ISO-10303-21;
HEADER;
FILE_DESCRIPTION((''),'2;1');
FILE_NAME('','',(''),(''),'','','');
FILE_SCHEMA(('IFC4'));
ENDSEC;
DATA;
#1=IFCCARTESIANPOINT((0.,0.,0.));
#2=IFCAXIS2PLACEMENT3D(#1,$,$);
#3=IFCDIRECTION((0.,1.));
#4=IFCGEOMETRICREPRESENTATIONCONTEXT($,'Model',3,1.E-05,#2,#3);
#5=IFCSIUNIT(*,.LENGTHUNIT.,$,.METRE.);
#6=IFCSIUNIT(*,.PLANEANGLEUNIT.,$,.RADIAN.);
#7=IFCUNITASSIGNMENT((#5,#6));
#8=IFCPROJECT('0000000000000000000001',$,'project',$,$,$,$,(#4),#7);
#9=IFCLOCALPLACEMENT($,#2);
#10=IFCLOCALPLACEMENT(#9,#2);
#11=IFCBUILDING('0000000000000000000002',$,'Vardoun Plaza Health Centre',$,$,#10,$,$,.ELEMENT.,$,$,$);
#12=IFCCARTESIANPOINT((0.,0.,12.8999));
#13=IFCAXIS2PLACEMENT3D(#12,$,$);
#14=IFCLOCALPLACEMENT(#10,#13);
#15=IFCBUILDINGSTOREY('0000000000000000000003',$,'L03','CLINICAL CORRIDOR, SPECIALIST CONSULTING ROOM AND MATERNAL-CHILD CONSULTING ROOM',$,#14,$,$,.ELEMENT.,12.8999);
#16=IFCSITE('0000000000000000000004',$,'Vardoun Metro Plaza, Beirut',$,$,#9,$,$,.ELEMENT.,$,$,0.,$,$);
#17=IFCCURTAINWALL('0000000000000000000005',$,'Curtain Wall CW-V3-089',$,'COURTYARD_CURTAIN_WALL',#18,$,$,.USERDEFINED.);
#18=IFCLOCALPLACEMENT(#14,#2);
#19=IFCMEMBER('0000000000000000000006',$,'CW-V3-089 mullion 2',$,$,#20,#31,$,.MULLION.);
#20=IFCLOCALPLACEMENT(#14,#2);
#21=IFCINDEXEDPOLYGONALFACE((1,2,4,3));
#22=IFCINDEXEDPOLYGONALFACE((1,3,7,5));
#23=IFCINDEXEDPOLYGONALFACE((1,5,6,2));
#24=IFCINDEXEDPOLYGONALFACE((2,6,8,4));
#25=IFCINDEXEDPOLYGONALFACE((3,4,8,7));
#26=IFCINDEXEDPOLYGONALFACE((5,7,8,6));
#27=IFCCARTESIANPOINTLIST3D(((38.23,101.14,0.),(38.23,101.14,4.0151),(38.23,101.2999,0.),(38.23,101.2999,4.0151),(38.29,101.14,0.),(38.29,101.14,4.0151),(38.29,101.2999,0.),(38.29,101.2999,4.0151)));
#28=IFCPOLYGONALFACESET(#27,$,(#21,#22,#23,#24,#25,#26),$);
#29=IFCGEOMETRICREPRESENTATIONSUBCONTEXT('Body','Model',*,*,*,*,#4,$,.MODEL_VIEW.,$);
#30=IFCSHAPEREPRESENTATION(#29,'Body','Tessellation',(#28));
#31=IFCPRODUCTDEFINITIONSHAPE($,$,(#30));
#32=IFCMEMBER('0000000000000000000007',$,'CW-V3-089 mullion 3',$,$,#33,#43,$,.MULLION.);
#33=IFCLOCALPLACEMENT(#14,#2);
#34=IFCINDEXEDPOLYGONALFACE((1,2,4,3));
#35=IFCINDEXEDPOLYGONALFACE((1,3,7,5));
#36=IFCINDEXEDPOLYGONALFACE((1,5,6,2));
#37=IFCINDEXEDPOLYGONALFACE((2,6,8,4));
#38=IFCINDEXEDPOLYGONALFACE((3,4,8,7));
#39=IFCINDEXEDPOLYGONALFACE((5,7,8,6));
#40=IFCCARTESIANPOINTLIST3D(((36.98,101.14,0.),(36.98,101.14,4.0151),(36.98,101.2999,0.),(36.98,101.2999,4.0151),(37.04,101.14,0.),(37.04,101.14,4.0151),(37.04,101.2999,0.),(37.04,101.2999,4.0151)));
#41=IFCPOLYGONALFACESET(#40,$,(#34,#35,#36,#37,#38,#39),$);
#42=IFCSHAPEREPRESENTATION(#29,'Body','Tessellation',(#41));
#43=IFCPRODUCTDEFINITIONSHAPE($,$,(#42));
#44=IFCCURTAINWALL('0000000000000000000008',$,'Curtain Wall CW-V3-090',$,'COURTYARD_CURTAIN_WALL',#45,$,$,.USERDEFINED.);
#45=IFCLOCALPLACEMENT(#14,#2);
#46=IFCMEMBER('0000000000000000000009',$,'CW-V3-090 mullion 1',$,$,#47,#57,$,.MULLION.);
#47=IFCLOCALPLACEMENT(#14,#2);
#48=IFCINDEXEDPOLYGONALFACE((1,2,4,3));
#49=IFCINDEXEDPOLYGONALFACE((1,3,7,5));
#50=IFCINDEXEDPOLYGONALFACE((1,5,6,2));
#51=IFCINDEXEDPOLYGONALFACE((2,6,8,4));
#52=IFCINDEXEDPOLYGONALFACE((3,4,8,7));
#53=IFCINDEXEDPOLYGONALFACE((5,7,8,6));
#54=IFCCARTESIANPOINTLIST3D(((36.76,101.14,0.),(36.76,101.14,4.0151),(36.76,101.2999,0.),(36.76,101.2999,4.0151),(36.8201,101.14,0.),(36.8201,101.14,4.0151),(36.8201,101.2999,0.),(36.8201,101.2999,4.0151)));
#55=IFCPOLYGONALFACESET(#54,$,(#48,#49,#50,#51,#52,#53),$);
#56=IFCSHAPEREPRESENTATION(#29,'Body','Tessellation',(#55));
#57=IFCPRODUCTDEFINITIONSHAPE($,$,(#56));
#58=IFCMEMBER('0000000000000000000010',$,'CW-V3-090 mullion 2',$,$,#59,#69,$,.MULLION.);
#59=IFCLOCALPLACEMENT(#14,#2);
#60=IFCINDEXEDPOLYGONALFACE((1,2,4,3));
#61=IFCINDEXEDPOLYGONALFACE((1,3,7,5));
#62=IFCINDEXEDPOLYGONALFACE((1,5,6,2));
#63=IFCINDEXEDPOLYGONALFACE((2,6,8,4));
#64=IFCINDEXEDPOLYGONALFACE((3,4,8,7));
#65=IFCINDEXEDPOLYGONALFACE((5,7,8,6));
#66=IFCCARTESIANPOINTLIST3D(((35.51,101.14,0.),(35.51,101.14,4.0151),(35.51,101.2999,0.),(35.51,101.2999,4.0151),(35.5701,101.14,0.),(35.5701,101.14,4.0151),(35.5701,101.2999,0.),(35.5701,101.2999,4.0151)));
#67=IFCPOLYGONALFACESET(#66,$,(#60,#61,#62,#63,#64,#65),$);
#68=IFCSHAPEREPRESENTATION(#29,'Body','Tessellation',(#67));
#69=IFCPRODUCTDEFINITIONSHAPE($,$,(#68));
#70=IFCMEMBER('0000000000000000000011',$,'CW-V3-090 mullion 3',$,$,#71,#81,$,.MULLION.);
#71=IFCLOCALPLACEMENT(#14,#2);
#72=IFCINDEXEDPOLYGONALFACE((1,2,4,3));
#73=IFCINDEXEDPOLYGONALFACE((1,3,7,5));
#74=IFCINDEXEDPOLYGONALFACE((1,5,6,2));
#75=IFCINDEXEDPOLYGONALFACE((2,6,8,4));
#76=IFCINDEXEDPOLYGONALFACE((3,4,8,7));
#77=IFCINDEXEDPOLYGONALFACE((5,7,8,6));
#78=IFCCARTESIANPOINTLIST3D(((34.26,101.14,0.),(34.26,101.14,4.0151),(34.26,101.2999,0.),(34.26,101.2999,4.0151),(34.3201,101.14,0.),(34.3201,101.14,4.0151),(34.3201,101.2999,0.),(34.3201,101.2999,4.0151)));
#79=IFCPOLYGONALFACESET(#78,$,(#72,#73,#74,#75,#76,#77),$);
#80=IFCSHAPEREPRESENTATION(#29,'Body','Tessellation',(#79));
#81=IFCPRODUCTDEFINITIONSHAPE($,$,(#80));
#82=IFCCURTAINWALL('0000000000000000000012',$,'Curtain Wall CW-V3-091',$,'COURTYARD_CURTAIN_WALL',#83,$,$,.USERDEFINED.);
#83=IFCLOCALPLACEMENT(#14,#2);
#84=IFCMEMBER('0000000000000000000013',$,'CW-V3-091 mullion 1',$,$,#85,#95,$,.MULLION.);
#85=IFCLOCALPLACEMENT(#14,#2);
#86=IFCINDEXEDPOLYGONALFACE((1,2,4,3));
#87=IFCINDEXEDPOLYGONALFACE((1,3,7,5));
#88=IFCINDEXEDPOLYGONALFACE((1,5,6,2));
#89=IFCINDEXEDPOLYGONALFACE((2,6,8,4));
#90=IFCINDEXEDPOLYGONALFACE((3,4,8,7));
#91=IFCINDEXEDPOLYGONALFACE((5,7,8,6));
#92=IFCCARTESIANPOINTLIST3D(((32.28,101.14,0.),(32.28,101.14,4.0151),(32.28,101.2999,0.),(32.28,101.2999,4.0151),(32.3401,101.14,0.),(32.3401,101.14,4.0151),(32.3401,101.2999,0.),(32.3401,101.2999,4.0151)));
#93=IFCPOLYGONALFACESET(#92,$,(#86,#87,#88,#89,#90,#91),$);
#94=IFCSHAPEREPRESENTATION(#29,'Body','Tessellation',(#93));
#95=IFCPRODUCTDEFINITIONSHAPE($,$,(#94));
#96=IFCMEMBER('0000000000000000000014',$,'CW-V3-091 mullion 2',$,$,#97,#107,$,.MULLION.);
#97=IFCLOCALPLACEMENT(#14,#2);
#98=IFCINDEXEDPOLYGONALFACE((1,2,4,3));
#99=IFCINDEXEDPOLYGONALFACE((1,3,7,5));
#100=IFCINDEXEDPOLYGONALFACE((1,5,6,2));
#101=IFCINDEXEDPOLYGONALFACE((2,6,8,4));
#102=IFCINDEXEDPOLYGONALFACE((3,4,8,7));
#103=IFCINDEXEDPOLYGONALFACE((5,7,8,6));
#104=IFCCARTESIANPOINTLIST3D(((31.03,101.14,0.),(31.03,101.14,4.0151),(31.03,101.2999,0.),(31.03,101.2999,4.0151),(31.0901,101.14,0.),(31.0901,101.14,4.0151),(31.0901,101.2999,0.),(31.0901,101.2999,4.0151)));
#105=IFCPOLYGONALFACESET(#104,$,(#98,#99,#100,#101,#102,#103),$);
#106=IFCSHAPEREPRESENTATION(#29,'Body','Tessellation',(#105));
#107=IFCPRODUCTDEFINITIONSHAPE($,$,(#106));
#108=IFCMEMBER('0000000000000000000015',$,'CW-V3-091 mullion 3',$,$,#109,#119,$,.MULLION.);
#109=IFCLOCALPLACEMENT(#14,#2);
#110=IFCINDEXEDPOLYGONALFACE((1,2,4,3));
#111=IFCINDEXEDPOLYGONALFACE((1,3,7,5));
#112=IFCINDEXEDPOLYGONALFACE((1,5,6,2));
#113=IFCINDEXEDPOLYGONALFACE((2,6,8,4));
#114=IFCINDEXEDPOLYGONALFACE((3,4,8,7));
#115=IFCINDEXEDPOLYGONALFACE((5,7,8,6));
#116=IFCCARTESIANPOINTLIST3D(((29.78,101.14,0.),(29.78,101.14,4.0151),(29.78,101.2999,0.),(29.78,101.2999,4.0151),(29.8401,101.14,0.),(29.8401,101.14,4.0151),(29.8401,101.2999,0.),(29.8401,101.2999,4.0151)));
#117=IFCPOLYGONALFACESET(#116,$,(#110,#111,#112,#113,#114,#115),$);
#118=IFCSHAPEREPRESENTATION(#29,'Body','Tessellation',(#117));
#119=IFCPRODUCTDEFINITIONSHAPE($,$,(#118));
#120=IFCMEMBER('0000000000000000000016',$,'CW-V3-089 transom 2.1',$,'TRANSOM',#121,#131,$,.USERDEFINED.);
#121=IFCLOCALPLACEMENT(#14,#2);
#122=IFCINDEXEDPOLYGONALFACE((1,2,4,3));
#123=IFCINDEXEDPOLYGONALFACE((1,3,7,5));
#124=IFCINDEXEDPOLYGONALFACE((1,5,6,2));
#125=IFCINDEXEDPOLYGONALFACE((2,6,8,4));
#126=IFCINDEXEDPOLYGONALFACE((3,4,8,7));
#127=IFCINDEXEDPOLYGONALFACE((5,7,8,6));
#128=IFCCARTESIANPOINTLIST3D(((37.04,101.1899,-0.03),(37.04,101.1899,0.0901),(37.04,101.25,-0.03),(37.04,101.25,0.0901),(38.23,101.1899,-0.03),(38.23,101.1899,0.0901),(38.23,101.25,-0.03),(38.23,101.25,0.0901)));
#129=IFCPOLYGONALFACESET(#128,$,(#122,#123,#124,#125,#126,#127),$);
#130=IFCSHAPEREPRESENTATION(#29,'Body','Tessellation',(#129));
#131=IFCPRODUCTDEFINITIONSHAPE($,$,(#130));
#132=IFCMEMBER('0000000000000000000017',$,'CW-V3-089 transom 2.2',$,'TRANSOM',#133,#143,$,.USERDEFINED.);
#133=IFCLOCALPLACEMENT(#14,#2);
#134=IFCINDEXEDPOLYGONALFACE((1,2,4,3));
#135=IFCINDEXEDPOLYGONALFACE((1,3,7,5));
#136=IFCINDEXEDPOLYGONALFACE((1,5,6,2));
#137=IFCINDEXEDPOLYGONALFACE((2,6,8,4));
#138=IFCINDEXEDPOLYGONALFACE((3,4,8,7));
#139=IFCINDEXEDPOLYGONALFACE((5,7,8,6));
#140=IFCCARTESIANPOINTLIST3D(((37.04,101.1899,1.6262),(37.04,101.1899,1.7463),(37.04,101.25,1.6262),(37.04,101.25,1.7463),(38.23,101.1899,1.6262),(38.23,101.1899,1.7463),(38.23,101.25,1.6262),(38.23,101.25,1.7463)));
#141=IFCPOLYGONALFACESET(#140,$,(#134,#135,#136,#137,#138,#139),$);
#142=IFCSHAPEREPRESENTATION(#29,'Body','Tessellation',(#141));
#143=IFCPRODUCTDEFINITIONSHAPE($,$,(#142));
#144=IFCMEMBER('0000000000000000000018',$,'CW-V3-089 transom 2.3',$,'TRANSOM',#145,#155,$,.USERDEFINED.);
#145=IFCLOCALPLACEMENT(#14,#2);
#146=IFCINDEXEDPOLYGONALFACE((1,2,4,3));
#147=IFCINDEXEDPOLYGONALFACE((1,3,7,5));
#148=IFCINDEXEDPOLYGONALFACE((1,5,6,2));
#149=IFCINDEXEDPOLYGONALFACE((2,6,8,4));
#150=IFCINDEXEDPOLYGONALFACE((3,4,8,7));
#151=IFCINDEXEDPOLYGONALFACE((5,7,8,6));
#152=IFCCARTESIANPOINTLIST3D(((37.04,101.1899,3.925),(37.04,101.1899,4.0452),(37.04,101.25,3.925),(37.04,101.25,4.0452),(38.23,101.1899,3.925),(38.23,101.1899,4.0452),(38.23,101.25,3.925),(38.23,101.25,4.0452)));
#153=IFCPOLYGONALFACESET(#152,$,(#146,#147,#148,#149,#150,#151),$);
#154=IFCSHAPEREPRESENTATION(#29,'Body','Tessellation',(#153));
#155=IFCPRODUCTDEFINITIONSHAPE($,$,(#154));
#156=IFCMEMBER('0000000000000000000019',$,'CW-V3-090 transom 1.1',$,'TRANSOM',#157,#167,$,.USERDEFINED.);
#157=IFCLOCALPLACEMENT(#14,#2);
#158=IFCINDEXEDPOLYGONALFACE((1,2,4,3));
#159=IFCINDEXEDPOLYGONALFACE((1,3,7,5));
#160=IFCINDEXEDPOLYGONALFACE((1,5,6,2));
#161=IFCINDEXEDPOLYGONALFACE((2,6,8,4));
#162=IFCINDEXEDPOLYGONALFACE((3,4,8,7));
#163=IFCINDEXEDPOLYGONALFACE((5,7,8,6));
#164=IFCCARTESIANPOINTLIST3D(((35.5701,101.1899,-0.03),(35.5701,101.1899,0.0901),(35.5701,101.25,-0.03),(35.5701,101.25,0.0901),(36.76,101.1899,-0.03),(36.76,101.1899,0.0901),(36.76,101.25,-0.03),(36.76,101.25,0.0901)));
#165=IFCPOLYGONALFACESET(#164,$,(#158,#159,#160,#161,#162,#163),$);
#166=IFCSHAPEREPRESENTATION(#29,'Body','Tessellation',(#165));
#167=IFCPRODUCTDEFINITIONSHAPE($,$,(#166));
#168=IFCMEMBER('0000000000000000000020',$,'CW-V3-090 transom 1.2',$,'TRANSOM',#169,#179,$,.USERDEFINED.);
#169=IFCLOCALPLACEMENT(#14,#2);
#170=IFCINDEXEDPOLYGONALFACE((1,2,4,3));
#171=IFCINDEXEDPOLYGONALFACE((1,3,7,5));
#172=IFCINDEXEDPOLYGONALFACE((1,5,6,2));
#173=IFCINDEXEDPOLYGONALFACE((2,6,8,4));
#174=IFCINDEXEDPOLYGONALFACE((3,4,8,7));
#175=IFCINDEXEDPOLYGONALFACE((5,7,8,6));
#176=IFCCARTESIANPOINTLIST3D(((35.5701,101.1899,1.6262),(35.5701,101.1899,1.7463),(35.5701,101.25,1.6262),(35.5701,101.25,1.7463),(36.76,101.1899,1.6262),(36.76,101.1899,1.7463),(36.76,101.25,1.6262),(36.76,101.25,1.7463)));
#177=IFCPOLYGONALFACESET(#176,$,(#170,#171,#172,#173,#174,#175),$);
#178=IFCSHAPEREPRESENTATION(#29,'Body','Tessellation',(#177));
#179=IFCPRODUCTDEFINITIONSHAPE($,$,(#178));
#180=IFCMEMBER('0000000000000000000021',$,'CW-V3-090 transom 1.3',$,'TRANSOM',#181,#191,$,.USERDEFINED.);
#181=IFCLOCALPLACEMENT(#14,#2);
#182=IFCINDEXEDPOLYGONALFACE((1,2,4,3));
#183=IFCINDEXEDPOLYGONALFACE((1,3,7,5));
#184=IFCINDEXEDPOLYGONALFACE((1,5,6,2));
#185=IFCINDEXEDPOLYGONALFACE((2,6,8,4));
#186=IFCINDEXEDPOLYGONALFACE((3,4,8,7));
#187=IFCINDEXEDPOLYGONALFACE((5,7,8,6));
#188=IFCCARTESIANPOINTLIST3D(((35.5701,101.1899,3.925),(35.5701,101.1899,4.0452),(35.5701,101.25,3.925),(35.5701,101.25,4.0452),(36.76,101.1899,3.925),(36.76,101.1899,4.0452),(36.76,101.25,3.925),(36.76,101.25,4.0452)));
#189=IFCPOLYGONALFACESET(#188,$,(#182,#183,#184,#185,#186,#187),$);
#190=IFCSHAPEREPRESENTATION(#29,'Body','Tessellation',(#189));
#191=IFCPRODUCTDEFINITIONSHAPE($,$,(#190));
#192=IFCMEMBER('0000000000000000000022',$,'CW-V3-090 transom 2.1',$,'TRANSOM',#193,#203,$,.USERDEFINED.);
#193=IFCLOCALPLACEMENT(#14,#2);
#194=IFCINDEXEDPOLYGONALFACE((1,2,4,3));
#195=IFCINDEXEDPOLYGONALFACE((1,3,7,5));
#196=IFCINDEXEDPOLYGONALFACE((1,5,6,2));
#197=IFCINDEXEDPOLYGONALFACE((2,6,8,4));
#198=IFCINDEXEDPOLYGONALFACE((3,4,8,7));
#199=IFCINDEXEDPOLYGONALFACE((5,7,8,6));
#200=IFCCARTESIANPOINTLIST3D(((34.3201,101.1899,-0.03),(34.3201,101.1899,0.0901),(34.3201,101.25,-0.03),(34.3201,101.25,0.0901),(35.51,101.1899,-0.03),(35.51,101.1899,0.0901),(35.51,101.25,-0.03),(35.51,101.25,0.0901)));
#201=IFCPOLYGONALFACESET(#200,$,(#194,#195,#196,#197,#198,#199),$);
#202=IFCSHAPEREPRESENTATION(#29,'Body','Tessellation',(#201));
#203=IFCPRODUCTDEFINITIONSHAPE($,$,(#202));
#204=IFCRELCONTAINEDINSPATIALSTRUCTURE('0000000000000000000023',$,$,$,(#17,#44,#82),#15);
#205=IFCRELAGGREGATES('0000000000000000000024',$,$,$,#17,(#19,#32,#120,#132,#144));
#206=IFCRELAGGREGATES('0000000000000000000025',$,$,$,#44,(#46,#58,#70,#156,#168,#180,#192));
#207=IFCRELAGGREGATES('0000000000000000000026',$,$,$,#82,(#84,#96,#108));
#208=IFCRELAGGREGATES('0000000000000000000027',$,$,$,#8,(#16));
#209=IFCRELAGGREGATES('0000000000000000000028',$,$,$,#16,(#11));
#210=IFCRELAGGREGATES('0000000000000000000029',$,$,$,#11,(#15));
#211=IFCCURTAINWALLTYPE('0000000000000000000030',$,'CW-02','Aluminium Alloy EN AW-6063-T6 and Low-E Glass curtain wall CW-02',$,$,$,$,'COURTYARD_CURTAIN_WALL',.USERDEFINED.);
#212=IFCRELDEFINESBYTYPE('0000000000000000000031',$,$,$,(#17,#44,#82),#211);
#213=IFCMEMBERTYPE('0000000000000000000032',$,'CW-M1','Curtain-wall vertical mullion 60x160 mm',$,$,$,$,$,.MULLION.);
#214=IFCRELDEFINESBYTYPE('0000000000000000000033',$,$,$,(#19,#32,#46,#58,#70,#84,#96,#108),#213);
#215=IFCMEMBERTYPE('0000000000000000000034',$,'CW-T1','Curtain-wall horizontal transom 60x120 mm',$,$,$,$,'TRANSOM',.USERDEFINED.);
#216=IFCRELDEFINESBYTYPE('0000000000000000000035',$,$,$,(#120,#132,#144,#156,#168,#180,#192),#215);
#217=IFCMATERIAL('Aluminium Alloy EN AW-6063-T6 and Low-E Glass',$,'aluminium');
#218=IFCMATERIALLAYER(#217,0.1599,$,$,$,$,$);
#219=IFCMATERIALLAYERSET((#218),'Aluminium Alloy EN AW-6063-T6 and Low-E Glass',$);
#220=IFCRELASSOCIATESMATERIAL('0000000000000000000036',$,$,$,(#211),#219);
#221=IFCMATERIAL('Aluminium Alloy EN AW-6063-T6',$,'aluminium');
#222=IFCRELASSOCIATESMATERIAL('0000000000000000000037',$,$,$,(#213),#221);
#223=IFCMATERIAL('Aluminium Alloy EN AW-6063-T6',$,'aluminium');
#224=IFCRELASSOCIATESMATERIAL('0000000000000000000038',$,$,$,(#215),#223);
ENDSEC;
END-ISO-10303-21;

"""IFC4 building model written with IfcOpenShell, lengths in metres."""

from ifc_helpers import new_model, si_unit, direction, frame, origin, origin_2d, place, context, subcontext, project, spatial, rectangle, extrude, material, layer, layer_set, material_profile, profile_set, type_object, element, aggregate, save


model = new_model("IFC4")

# Units and contexts
model_context = context("Model", 3, precision=1e-05, world=origin(), true_north=direction((0.0, 1.0)))
body_context = subcontext(model_context, "Body", "Model", "MODEL_VIEW")
ifc_project = project(units=[si_unit("LENGTHUNIT", "METRE"), si_unit("PLANEANGLEUNIT", "RADIAN")], contexts=[model_context])

# Site, building, storey
site_placement = place(None, origin())
site = spatial("IfcSite", under=ifc_project, at=site_placement, Name="Vardoun Metro Plaza, Beirut", CompositionType="ELEMENT", RefElevation=0.0)
building_placement = place(site_placement, origin())
building = spatial("IfcBuilding", under=site, at=building_placement, Name="Vardoun Plaza Health Centre", CompositionType="ELEMENT")
storey_placement = place(building_placement, frame((0.0, 0.0, 12.8999)))
storey = spatial("IfcBuildingStorey", under=building, at=storey_placement, Name="L03", Description="CLINICAL CORRIDOR, SPECIALIST CONSULTING ROOM AND MATERNAL-CHILD CONSULTING ROOM", CompositionType="ELEMENT", Elevation=12.8999)

# Curtain walls, members
ifc_material_1 = material(Name="Aluminium Alloy EN AW-6063-T6 and Low-E Glass", Category="aluminium")
ifc_layer_1 = layer(ifc_material_1, 0.1599)
ifc_layer_set_1 = layer_set([ifc_layer_1], Name="Aluminium Alloy EN AW-6063-T6 and Low-E Glass")
curtain_wall_type = type_object("IfcCurtainWallType", Name="CW-02", Description="Aluminium Alloy EN AW-6063-T6 and Low-E Glass curtain wall CW-02", ElementType="COURTYARD_CURTAIN_WALL", PredefinedType="USERDEFINED", material=ifc_layer_set_1)
curtain_wall_1_placement = place(storey_placement, origin())
curtain_wall_1 = element("IfcCurtainWall", 1, at=curtain_wall_1_placement, inside=storey, type_object=curtain_wall_type, Name="Curtain Wall CW-V3-089", ObjectType="COURTYARD_CURTAIN_WALL", PredefinedType="USERDEFINED")
ifc_material_2 = material(Name="Aluminium Alloy EN AW-6063-T6", Category="aluminium")
ifc_material_profile_1 = material_profile(ifc_material_2, rectangle(XDim=0.1599, YDim=0.0601, at=origin_2d()), Name="CWM 60x160")
ifc_profile_set_1 = profile_set([ifc_material_profile_1], Name="Aluminium Alloy EN AW-6063-T6")
member_type_1 = type_object("IfcMemberType", Name="CW-M1", Description="Curtain-wall vertical mullion 60x160 mm", PredefinedType="MULLION", material=ifc_profile_set_1)
member_1_placement = place(storey_placement, frame((38.26, 101.22, 0.0), z_axis=(0.0, 0.0, 1.0), x_axis=(0.0, -1.0, 0.0)))
member_1 = element("IfcMember", 2, at=member_1_placement, type_object=member_type_1, Name="CW-V3-089 mullion 2", PredefinedType="MULLION", context=body_context, shape_type="SweptSolid", body=[
    extrude(rectangle(XDim=0.1599, YDim=0.0601, at=origin_2d()), origin(), (0.0, 0.0, 1.0), 4.0151),
])
member_2_placement = place(storey_placement, frame((37.01, 101.22, 0.0), z_axis=(0.0, 0.0, 1.0), x_axis=(0.0, -1.0, 0.0)))
member_2 = element("IfcMember", 3, at=member_2_placement, type_object=member_type_1, Name="CW-V3-089 mullion 3", PredefinedType="MULLION", context=body_context, shape_type="SweptSolid", body=[
    extrude(rectangle(XDim=0.1599, YDim=0.0601, at=origin_2d()), origin(), (0.0, 0.0, 1.0), 4.0151),
])
curtain_wall_2_placement = place(storey_placement, origin())
curtain_wall_2 = element("IfcCurtainWall", 4, at=curtain_wall_2_placement, inside=storey, type_object=curtain_wall_type, Name="Curtain Wall CW-V3-090", ObjectType="COURTYARD_CURTAIN_WALL", PredefinedType="USERDEFINED")
member_3_placement = place(storey_placement, frame((36.79, 101.22, 0.0), z_axis=(0.0, 0.0, 1.0), x_axis=(0.0, -1.0, 0.0)))
member_3 = element("IfcMember", 5, at=member_3_placement, type_object=member_type_1, Name="CW-V3-090 mullion 1", PredefinedType="MULLION", context=body_context, shape_type="SweptSolid", body=[
    extrude(rectangle(XDim=0.1599, YDim=0.0601, at=origin_2d()), origin(), (0.0, 0.0, 1.0), 4.0151),
])
member_4_placement = place(storey_placement, frame((35.54, 101.22, 0.0), z_axis=(0.0, 0.0, 1.0), x_axis=(0.0, -1.0, 0.0)))
member_4 = element("IfcMember", 6, at=member_4_placement, type_object=member_type_1, Name="CW-V3-090 mullion 2", PredefinedType="MULLION", context=body_context, shape_type="SweptSolid", body=[
    extrude(rectangle(XDim=0.1599, YDim=0.0601, at=origin_2d()), origin(), (0.0, 0.0, 1.0), 4.0151),
])
member_5_placement = place(storey_placement, frame((34.29, 101.22, 0.0), z_axis=(0.0, 0.0, 1.0), x_axis=(0.0, -1.0, 0.0)))
member_5 = element("IfcMember", 7, at=member_5_placement, type_object=member_type_1, Name="CW-V3-090 mullion 3", PredefinedType="MULLION", context=body_context, shape_type="SweptSolid", body=[
    extrude(rectangle(XDim=0.1599, YDim=0.0601, at=origin_2d()), origin(), (0.0, 0.0, 1.0), 4.0151),
])
curtain_wall_3_placement = place(storey_placement, origin())
curtain_wall_3 = element("IfcCurtainWall", 8, at=curtain_wall_3_placement, inside=storey, type_object=curtain_wall_type, Name="Curtain Wall CW-V3-091", ObjectType="COURTYARD_CURTAIN_WALL", PredefinedType="USERDEFINED")
member_6_placement = place(storey_placement, frame((32.3101, 101.22, 0.0), z_axis=(0.0, 0.0, 1.0), x_axis=(0.0, -1.0, 0.0)))
member_6 = element("IfcMember", 9, at=member_6_placement, type_object=member_type_1, Name="CW-V3-091 mullion 1", PredefinedType="MULLION", context=body_context, shape_type="SweptSolid", body=[
    extrude(rectangle(XDim=0.1599, YDim=0.0601, at=origin_2d()), origin(), (0.0, 0.0, 1.0), 4.0151),
])
member_7_placement = place(storey_placement, frame((31.0601, 101.22, 0.0), z_axis=(0.0, 0.0, 1.0), x_axis=(0.0, -1.0, 0.0)))
member_7 = element("IfcMember", 10, at=member_7_placement, type_object=member_type_1, Name="CW-V3-091 mullion 2", PredefinedType="MULLION", context=body_context, shape_type="SweptSolid", body=[
    extrude(rectangle(XDim=0.1599, YDim=0.0601, at=origin_2d()), origin(), (0.0, 0.0, 1.0), 4.0151),
])
member_8_placement = place(storey_placement, frame((29.8101, 101.22, 0.0), z_axis=(0.0, 0.0, 1.0), x_axis=(0.0, -1.0, 0.0)))
member_8 = element("IfcMember", 11, at=member_8_placement, type_object=member_type_1, Name="CW-V3-091 mullion 3", PredefinedType="MULLION", context=body_context, shape_type="SweptSolid", body=[
    extrude(rectangle(XDim=0.1599, YDim=0.0601, at=origin_2d()), origin(), (0.0, 0.0, 1.0), 4.0151),
])

# Members
ifc_material_3 = material(Name="Aluminium Alloy EN AW-6063-T6", Category="aluminium")
ifc_material_profile_2 = material_profile(ifc_material_3, rectangle(XDim=0.0601, YDim=0.1201, at=origin_2d()), Name="CWT 60x120")
ifc_profile_set_2 = profile_set([ifc_material_profile_2], Name="Aluminium Alloy EN AW-6063-T6")
member_type_2 = type_object("IfcMemberType", Name="CW-T1", Description="Curtain-wall horizontal transom 60x120 mm", ElementType="TRANSOM", PredefinedType="USERDEFINED", material=ifc_profile_set_2)
member_9_placement = place(storey_placement, frame((38.23, 101.22, 0.03), z_axis=(-1.0, 0.0, 0.0), x_axis=(0.0, -1.0, 0.0)))
member_9 = element("IfcMember", 12, at=member_9_placement, type_object=member_type_2, Name="CW-V3-089 transom 2.1", ObjectType="TRANSOM", PredefinedType="USERDEFINED", context=body_context, shape_type="SweptSolid", body=[
    extrude(rectangle(XDim=0.0601, YDim=0.1201, at=origin_2d()), origin(), (0.0, 0.0, 1.0), 1.1899),
])
member_10_placement = place(storey_placement, frame((38.23, 101.22, 1.6863), z_axis=(-1.0, 0.0, 0.0), x_axis=(0.0, -1.0, 0.0)))
member_10 = element("IfcMember", 13, at=member_10_placement, type_object=member_type_2, Name="CW-V3-089 transom 2.2", ObjectType="TRANSOM", PredefinedType="USERDEFINED", context=body_context, shape_type="SweptSolid", body=[
    extrude(rectangle(XDim=0.0601, YDim=0.1201, at=origin_2d()), origin(), (0.0, 0.0, 1.0), 1.1899),
])
member_11_placement = place(storey_placement, frame((38.23, 101.22, 3.9851), z_axis=(-1.0, 0.0, 0.0), x_axis=(0.0, -1.0, 0.0)))
member_11 = element("IfcMember", 14, at=member_11_placement, type_object=member_type_2, Name="CW-V3-089 transom 2.3", ObjectType="TRANSOM", PredefinedType="USERDEFINED", context=body_context, shape_type="SweptSolid", body=[
    extrude(rectangle(XDim=0.0601, YDim=0.1201, at=origin_2d()), origin(), (0.0, 0.0, 1.0), 1.1899),
])
member_12_placement = place(storey_placement, frame((36.76, 101.22, 0.03), z_axis=(-1.0, 0.0, 0.0), x_axis=(0.0, -1.0, 0.0)))
member_12 = element("IfcMember", 15, at=member_12_placement, type_object=member_type_2, Name="CW-V3-090 transom 1.1", ObjectType="TRANSOM", PredefinedType="USERDEFINED", context=body_context, shape_type="SweptSolid", body=[
    extrude(rectangle(XDim=0.0601, YDim=0.1201, at=origin_2d()), origin(), (0.0, 0.0, 1.0), 1.1899),
])
member_13_placement = place(storey_placement, frame((36.76, 101.22, 1.6863), z_axis=(-1.0, 0.0, 0.0), x_axis=(0.0, -1.0, 0.0)))
member_13 = element("IfcMember", 16, at=member_13_placement, type_object=member_type_2, Name="CW-V3-090 transom 1.2", ObjectType="TRANSOM", PredefinedType="USERDEFINED", context=body_context, shape_type="SweptSolid", body=[
    extrude(rectangle(XDim=0.0601, YDim=0.1201, at=origin_2d()), origin(), (0.0, 0.0, 1.0), 1.1899),
])
member_14_placement = place(storey_placement, frame((36.76, 101.22, 3.9851), z_axis=(-1.0, 0.0, 0.0), x_axis=(0.0, -1.0, 0.0)))
member_14 = element("IfcMember", 17, at=member_14_placement, type_object=member_type_2, Name="CW-V3-090 transom 1.3", ObjectType="TRANSOM", PredefinedType="USERDEFINED", context=body_context, shape_type="SweptSolid", body=[
    extrude(rectangle(XDim=0.0601, YDim=0.1201, at=origin_2d()), origin(), (0.0, 0.0, 1.0), 1.1899),
])
member_15_placement = place(storey_placement, frame((35.51, 101.22, 0.03), z_axis=(-1.0, 0.0, 0.0), x_axis=(0.0, -1.0, 0.0)))
member_15 = element("IfcMember", 18, at=member_15_placement, type_object=member_type_2, Name="CW-V3-090 transom 2.1", ObjectType="TRANSOM", PredefinedType="USERDEFINED", context=body_context, shape_type="SweptSolid", body=[
    extrude(rectangle(XDim=0.0601, YDim=0.1201, at=origin_2d()), origin(), (0.0, 0.0, 1.0), 1.1899),
])

aggregate(curtain_wall_1, [member_1, member_2, member_9, member_10, member_11])
aggregate(curtain_wall_2, [member_3, member_4, member_5, member_12, member_13, member_14, member_15])
aggregate(curtain_wall_3, [member_6, member_7, member_8])

save(model, "model.ifc")
